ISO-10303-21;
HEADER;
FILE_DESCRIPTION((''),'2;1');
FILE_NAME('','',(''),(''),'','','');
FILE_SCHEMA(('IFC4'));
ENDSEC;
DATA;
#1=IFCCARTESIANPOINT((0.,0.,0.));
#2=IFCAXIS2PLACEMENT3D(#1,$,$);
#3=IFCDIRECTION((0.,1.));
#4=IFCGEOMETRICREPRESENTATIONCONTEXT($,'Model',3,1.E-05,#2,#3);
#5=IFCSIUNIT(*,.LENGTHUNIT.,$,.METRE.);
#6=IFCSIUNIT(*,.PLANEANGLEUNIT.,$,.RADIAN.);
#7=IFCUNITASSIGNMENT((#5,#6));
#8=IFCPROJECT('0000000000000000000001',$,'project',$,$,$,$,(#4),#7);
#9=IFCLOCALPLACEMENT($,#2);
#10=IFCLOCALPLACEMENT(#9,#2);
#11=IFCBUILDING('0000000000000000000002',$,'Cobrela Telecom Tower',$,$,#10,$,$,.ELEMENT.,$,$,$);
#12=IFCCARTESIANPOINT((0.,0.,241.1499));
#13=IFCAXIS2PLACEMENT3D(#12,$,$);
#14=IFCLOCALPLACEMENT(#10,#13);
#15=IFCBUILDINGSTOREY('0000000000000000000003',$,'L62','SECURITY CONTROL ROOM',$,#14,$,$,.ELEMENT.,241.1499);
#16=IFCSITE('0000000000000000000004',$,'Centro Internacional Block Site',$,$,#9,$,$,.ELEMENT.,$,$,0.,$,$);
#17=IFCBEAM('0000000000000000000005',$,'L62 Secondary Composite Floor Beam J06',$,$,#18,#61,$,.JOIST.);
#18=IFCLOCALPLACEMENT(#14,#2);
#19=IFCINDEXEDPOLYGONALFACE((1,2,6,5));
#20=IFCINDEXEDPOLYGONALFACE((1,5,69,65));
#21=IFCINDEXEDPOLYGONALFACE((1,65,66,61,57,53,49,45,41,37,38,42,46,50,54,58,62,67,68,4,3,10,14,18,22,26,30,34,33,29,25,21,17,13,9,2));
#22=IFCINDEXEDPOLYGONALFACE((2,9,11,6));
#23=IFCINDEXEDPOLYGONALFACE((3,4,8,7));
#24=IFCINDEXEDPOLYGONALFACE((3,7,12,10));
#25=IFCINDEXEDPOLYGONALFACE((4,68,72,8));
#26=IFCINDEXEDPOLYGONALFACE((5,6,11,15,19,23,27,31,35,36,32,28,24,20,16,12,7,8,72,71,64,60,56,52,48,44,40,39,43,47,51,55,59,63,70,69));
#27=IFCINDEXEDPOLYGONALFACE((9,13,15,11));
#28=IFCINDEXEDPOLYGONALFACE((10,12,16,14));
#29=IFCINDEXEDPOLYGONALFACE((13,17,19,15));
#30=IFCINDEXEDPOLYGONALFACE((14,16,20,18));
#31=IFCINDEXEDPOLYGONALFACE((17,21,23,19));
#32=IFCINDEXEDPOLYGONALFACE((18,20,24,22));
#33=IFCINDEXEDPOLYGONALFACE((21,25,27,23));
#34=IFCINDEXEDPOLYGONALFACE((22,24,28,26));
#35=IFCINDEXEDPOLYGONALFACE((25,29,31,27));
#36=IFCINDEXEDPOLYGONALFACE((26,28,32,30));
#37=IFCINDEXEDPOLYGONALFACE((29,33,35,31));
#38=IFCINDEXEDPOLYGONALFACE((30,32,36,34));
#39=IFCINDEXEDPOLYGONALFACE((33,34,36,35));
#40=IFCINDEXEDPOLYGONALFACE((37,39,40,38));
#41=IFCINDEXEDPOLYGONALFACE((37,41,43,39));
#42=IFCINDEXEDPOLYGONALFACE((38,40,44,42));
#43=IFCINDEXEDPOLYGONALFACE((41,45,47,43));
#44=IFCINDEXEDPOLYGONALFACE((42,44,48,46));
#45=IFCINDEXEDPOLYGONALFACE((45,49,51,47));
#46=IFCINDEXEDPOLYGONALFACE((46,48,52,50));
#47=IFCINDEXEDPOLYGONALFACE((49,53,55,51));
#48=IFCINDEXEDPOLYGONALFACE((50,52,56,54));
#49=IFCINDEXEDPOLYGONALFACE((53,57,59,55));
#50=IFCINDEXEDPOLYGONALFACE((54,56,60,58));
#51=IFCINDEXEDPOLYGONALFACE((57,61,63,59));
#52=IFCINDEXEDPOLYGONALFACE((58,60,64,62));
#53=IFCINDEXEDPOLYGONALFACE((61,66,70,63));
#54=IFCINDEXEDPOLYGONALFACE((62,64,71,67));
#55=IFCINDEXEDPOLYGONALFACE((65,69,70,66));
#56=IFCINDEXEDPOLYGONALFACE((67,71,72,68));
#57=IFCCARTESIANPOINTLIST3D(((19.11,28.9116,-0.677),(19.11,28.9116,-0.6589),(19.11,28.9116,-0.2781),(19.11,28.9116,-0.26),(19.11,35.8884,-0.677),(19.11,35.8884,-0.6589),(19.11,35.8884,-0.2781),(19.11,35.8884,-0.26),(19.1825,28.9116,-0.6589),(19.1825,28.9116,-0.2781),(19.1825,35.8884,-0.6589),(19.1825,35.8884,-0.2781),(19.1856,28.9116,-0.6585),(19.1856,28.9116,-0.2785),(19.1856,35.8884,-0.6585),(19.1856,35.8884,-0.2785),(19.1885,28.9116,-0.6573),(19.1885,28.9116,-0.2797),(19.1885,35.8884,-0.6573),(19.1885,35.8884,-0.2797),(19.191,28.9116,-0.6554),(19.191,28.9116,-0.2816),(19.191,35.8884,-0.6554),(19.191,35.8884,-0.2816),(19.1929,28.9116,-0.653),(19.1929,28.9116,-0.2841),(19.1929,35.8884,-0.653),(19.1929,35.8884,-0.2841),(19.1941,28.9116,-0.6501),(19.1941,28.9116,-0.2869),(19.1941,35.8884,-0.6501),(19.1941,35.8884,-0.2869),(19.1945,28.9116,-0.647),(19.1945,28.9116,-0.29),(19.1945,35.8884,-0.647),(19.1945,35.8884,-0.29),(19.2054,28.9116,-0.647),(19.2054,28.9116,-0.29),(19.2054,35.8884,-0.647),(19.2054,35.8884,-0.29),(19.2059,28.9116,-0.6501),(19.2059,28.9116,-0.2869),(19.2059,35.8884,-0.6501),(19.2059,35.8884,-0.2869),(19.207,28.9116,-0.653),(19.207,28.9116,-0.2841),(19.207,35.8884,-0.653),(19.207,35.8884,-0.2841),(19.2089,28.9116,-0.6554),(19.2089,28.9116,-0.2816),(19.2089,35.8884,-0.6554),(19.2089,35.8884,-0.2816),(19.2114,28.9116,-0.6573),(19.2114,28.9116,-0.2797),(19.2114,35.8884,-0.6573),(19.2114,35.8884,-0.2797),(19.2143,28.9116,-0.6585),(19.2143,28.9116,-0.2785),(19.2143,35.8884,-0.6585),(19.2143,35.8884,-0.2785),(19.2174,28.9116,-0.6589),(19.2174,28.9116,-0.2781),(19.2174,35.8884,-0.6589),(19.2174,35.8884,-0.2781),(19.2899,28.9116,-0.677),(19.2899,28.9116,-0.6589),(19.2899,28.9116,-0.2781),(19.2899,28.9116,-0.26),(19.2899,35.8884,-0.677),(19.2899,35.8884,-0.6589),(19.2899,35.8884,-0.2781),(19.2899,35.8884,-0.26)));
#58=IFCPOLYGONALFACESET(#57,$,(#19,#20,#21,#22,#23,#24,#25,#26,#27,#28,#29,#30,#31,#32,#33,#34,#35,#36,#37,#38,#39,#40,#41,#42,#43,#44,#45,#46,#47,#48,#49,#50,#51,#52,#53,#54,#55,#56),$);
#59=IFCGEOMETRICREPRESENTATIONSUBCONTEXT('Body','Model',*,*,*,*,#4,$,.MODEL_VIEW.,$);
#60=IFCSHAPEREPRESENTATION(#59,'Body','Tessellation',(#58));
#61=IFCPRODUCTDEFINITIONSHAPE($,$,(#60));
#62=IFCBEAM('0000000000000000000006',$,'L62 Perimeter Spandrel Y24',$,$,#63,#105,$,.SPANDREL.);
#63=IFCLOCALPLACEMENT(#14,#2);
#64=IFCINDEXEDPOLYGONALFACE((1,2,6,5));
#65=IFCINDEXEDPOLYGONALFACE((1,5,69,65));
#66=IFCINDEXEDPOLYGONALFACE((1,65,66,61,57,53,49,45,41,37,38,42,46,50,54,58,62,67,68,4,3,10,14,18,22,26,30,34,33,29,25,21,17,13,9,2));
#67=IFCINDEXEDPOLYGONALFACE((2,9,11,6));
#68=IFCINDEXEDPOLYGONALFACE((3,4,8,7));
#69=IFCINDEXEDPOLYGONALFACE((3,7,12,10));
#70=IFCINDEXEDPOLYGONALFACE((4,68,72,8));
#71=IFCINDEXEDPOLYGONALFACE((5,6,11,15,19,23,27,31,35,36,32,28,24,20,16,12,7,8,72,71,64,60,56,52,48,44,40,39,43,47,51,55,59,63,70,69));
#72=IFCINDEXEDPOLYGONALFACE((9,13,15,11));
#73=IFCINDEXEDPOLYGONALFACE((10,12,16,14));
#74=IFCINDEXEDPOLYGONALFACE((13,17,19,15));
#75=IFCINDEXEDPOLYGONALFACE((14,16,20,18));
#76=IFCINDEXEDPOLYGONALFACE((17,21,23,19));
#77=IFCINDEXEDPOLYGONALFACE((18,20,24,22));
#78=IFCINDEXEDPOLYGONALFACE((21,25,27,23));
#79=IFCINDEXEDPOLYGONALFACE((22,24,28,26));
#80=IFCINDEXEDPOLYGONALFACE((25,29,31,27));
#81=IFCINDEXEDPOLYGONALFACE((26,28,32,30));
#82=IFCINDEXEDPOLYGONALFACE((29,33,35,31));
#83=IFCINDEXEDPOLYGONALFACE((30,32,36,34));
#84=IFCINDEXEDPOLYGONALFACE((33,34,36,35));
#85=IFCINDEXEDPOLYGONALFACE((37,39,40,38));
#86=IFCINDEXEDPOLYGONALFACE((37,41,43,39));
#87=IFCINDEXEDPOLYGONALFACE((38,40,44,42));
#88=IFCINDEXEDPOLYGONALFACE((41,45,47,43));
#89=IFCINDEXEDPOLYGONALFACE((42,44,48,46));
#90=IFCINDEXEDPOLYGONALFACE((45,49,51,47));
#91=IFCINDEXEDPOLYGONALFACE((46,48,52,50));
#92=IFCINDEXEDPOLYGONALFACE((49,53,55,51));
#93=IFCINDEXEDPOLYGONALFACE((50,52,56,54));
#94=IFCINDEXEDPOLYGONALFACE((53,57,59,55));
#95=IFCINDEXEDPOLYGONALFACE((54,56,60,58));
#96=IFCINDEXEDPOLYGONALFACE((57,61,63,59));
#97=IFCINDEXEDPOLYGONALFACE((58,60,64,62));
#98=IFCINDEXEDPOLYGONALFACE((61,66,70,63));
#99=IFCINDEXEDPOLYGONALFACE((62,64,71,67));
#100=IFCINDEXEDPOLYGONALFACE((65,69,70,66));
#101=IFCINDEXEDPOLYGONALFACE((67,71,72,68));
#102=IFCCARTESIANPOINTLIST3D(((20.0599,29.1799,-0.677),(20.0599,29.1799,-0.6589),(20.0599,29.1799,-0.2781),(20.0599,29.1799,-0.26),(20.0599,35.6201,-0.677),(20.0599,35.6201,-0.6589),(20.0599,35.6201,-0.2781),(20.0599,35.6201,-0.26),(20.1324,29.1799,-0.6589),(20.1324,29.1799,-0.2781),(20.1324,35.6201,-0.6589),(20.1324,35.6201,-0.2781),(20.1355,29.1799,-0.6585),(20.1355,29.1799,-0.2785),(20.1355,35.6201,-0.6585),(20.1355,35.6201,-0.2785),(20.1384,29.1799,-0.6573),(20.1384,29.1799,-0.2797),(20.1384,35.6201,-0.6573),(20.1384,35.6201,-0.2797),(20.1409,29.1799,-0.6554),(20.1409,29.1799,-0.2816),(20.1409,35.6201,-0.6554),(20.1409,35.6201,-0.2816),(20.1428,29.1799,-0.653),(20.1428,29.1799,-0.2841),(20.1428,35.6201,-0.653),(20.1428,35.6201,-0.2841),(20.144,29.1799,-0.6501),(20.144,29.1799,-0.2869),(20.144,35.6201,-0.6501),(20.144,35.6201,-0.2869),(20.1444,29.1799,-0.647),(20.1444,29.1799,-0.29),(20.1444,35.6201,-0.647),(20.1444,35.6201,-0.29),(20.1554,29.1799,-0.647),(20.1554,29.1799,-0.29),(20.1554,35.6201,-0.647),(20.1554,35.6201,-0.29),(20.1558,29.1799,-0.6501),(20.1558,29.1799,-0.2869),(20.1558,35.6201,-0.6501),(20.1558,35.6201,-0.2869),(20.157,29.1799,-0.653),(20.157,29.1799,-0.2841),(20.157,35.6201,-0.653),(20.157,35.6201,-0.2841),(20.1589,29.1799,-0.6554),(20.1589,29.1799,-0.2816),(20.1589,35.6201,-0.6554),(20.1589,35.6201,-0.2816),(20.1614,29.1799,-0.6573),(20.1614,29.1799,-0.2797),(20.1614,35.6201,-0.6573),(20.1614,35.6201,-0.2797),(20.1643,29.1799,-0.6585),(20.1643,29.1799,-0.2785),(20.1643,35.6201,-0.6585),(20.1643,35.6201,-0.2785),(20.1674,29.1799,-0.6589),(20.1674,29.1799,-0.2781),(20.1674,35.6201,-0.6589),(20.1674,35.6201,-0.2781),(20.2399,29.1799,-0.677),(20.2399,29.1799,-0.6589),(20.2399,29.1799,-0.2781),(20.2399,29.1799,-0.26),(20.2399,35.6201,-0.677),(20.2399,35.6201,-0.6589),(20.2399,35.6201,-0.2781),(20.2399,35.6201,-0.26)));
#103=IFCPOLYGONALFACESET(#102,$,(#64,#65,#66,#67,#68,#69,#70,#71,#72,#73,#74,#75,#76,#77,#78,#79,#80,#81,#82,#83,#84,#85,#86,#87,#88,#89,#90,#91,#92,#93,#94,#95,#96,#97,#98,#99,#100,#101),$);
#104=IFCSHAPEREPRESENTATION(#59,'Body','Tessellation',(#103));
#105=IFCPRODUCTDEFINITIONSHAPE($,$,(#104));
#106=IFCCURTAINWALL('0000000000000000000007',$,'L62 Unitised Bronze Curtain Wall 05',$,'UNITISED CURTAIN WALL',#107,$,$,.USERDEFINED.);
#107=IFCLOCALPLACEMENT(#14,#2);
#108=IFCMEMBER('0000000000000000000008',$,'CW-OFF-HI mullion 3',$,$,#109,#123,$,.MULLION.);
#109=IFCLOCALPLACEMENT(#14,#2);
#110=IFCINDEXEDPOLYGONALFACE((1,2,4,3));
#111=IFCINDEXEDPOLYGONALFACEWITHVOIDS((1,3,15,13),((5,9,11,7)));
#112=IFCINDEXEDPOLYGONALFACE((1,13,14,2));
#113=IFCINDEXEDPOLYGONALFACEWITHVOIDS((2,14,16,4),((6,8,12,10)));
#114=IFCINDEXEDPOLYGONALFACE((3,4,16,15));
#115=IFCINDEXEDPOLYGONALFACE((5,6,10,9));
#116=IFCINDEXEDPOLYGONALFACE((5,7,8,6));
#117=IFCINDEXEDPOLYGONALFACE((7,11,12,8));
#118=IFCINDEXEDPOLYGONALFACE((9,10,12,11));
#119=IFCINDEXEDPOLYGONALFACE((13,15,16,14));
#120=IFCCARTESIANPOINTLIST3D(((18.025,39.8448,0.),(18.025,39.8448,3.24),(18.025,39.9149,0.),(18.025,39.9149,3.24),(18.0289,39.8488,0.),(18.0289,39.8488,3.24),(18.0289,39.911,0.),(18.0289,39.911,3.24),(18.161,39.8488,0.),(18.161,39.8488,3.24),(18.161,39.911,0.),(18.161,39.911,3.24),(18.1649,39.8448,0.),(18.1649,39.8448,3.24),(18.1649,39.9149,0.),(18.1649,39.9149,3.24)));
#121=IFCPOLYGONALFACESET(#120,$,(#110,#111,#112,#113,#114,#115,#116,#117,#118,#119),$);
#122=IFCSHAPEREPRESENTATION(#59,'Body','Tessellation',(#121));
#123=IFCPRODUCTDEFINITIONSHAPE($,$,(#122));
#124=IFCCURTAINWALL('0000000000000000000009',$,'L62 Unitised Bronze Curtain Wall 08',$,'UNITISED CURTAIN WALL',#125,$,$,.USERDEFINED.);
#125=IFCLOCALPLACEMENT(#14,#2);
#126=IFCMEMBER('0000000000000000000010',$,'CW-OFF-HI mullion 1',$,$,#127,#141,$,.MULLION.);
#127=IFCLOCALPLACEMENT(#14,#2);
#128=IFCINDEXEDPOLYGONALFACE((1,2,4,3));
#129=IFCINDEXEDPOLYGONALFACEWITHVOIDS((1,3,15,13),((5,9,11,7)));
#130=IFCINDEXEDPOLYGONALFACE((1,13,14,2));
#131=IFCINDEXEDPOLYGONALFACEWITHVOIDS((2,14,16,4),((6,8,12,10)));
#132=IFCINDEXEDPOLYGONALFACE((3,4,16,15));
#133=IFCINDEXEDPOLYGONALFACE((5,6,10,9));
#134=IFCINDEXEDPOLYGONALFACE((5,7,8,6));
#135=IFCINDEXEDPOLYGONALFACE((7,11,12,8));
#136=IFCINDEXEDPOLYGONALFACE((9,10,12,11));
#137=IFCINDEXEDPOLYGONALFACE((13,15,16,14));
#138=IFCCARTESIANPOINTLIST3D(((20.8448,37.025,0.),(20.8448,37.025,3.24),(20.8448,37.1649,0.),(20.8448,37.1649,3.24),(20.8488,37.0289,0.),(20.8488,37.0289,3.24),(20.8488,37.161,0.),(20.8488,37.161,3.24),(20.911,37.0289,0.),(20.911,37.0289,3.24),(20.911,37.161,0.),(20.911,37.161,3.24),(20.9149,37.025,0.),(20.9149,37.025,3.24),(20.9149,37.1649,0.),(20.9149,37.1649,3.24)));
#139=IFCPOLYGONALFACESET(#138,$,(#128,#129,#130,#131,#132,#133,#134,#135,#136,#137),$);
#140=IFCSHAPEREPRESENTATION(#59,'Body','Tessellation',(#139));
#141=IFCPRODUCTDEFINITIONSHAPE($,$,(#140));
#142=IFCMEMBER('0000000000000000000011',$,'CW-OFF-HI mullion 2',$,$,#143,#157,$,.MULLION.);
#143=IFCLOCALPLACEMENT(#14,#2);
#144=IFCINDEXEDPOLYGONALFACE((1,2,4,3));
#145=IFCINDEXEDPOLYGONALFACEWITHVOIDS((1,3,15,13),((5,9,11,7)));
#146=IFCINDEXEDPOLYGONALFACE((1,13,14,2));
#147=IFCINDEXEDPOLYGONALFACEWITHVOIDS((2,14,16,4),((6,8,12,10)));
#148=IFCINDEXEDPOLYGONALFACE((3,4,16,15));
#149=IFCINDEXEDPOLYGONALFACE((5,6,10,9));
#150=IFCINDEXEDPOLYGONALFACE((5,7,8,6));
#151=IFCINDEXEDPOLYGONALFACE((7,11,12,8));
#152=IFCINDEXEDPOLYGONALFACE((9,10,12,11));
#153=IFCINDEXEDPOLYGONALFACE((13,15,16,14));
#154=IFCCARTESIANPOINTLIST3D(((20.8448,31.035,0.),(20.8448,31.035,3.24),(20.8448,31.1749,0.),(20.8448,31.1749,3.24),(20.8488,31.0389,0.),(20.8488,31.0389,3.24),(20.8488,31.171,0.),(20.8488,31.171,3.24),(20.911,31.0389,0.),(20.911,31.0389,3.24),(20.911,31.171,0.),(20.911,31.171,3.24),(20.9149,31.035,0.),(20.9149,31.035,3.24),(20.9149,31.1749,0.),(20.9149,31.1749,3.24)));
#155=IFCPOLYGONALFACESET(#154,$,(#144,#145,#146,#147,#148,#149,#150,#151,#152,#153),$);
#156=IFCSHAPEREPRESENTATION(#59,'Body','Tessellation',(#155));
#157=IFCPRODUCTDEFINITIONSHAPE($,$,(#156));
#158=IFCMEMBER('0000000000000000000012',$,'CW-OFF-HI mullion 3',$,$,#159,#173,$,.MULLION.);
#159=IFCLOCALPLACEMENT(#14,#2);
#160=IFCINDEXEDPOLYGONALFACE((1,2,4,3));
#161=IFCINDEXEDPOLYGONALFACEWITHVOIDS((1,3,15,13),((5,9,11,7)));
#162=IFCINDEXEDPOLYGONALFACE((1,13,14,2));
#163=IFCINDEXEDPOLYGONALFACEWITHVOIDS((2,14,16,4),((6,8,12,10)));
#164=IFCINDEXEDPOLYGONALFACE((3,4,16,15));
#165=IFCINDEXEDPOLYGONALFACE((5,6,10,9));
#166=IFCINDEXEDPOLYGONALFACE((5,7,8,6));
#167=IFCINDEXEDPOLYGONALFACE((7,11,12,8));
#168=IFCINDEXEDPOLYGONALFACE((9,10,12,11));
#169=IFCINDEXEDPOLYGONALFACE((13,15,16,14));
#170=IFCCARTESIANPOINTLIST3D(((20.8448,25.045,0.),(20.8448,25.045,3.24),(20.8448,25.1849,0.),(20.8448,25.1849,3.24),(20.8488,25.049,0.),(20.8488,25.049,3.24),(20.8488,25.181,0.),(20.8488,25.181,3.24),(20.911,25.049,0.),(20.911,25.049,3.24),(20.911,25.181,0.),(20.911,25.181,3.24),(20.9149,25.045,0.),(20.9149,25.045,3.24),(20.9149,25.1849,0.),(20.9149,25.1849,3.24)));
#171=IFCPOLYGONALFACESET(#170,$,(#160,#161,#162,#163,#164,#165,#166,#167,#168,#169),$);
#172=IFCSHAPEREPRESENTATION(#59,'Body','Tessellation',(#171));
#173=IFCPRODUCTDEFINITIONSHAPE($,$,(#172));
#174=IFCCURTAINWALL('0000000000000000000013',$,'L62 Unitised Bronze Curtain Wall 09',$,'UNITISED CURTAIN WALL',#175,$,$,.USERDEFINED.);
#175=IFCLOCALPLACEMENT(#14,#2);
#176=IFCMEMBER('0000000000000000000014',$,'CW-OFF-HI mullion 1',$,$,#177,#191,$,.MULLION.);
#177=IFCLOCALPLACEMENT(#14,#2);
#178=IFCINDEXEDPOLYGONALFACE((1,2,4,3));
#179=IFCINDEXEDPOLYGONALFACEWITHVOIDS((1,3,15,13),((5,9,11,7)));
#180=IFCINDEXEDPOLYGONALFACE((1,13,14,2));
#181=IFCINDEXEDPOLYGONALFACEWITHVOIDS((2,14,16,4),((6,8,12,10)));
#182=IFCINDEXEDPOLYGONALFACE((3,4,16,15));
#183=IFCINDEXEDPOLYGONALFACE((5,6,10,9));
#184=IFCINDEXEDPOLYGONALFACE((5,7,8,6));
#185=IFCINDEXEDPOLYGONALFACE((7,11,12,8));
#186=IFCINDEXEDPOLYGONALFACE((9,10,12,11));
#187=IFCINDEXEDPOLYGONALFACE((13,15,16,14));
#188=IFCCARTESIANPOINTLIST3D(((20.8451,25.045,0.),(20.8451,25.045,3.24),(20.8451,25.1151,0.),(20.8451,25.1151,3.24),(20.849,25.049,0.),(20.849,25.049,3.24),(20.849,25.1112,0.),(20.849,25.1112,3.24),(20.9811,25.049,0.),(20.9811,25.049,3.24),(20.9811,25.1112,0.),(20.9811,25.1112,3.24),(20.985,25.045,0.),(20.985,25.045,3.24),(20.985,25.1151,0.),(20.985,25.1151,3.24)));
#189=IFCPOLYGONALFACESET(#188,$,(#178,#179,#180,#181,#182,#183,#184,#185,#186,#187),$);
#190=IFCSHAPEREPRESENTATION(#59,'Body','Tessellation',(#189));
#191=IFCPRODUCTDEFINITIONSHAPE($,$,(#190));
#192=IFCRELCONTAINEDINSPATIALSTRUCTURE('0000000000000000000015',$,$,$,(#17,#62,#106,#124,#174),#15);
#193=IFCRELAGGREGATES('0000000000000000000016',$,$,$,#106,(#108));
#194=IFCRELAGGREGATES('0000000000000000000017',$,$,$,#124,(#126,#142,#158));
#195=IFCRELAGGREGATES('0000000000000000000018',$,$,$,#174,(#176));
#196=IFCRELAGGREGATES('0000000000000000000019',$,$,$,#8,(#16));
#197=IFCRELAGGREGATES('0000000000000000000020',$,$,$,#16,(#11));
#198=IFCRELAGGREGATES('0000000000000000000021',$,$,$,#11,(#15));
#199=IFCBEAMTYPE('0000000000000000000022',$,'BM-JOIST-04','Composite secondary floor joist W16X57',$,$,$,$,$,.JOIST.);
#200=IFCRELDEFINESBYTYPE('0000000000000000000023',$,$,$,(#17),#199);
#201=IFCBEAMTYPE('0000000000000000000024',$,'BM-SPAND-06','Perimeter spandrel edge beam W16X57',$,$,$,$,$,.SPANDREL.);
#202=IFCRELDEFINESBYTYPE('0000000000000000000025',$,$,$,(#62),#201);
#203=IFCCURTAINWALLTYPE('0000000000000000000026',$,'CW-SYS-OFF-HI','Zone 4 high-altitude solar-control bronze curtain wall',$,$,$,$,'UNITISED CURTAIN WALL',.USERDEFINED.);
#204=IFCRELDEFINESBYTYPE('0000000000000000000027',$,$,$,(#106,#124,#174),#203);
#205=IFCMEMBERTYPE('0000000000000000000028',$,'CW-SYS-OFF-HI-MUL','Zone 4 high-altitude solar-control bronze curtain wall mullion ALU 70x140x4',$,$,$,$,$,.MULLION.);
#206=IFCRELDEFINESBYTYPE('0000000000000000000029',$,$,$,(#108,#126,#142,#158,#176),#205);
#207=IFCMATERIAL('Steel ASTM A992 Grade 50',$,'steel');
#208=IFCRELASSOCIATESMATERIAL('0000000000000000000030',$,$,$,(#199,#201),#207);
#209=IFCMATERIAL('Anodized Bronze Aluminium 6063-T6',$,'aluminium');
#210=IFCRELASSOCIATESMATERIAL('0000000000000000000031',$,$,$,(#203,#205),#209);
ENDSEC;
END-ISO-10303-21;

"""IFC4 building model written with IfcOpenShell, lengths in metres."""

from ifc_helpers import new_model, si_unit, direction, frame, origin, origin_2d, place, context, subcontext, project, spatial, hollow_rectangle, i_section, extrude, material, material_profile, profile_set, type_object, element, aggregate, save


model = new_model("IFC4")

# Units and contexts
model_context = context("Model", 3, precision=1e-05, world=origin(), true_north=direction((0.0, 1.0)))
body_context = subcontext(model_context, "Body", "Model", "MODEL_VIEW")
ifc_project = project(units=[si_unit("LENGTHUNIT", "METRE"), si_unit("PLANEANGLEUNIT", "RADIAN")], contexts=[model_context])

# Site, building, storey
site_placement = place(None, origin())
site = spatial("IfcSite", under=ifc_project, at=site_placement, Name="Centro Internacional Block Site", CompositionType="ELEMENT", RefElevation=0.0)
building_placement = place(site_placement, origin())
building = spatial("IfcBuilding", under=site, at=building_placement, Name="Cobrela Telecom Tower", CompositionType="ELEMENT")
storey_placement = place(building_placement, frame((0.0, 0.0, 241.1499)))
storey = spatial("IfcBuildingStorey", under=building, at=storey_placement, Name="L62", Description="SECURITY CONTROL ROOM", CompositionType="ELEMENT", Elevation=241.1499)

# Shared definitions
ifc_material_1 = material(Name="Steel ASTM A992 Grade 50", Category="steel")

# Beams
ifc_material_profile_1 = material_profile(ifc_material_1, i_section(OverallWidth=0.1799, OverallDepth=0.417, WebThickness=0.011, FlangeThickness=0.0181, FilletRadius=0.012, at=origin_2d()), Name="W16X57")
ifc_profile_set_1 = profile_set([ifc_material_profile_1], Name="Steel ASTM A992 Grade 50")
beam_type_1 = type_object("IfcBeamType", Name="BM-JOIST-04", Description="Composite secondary floor joist W16X57", PredefinedType="JOIST", material=ifc_profile_set_1)
beam_1_placement = place(storey_placement, frame((19.2, 28.9116, -0.4685), z_axis=(0.0, 1.0, 0.0), x_axis=(-1.0, 0.0, 0.0)))
element("IfcBeam", 1, at=beam_1_placement, inside=storey, type_object=beam_type_1, Name="L62 Secondary Composite Floor Beam J06", PredefinedType="JOIST", context=body_context, shape_type="SweptSolid", body=[
    extrude(i_section(OverallWidth=0.1799, OverallDepth=0.417, WebThickness=0.011, FlangeThickness=0.0181, FilletRadius=0.012, at=origin_2d()), origin(), (0.0, 0.0, 1.0), 6.9768),
])
ifc_material_profile_2 = material_profile(ifc_material_1, i_section(OverallWidth=0.1799, OverallDepth=0.417, WebThickness=0.011, FlangeThickness=0.0181, FilletRadius=0.012, at=origin_2d()), Name="W16X57")
ifc_profile_set_2 = profile_set([ifc_material_profile_2], Name="Steel ASTM A992 Grade 50")
beam_type_2 = type_object("IfcBeamType", Name="BM-SPAND-06", Description="Perimeter spandrel edge beam W16X57", PredefinedType="SPANDREL", material=ifc_profile_set_2)
beam_2_placement = place(storey_placement, frame((20.1499, 29.1799, -0.4685), z_axis=(0.0, 1.0, 0.0), x_axis=(-1.0, 0.0, 0.0)))
element("IfcBeam", 2, at=beam_2_placement, inside=storey, type_object=beam_type_2, Name="L62 Perimeter Spandrel Y24", PredefinedType="SPANDREL", context=body_context, shape_type="SweptSolid", body=[
    extrude(i_section(OverallWidth=0.1799, OverallDepth=0.417, WebThickness=0.011, FlangeThickness=0.0181, FilletRadius=0.012, at=origin_2d()), origin(), (0.0, 0.0, 1.0), 6.4402),
])

# Curtain wall, member
ifc_material_2 = material(Name="Anodized Bronze Aluminium 6063-T6", Category="aluminium")
curtain_wall_type = type_object("IfcCurtainWallType", Name="CW-SYS-OFF-HI", Description="Zone 4 high-altitude solar-control bronze curtain wall", ElementType="UNITISED CURTAIN WALL", PredefinedType="USERDEFINED", material=ifc_material_2)
curtain_wall_1_placement = place(storey_placement, origin())
curtain_wall_1 = element("IfcCurtainWall", 3, at=curtain_wall_1_placement, inside=storey, type_object=curtain_wall_type, Name="L62 Unitised Bronze Curtain Wall 05", ObjectType="UNITISED CURTAIN WALL", PredefinedType="USERDEFINED")
ifc_material_profile_3 = material_profile(ifc_material_2, hollow_rectangle(XDim=0.0701, YDim=0.1399, WallThickness=0.0039, at=origin_2d()), Name="ALU 70x140x4")
ifc_profile_set_3 = profile_set([ifc_material_profile_3], Name="Anodized Bronze Aluminium 6063-T6")
member_type_1 = type_object("IfcMemberType", Name="CW-SYS-OFF-HI-MUL", Description="Zone 4 high-altitude solar-control bronze curtain wall mullion ALU 70x140x4", PredefinedType="MULLION", material=ifc_profile_set_3)
member_1_placement = place(storey_placement, frame((18.095, 39.8799, 0.0), z_axis=(0.0, 0.0, 1.0), x_axis=(0.0, 1.0, 0.0)))
member_1 = element("IfcMember", 4, at=member_1_placement, type_object=member_type_1, Name="CW-OFF-HI mullion 3", PredefinedType="MULLION", context=body_context, shape_type="SweptSolid", body=[
    extrude(hollow_rectangle(XDim=0.0701, YDim=0.1399, WallThickness=0.0039, at=origin_2d()), origin(), (0.0, 0.0, 1.0), 3.24),
])
aggregate(curtain_wall_1, [member_1])

# Curtain walls, members
curtain_wall_2_placement = place(storey_placement, origin())
curtain_wall_2 = element("IfcCurtainWall", 5, at=curtain_wall_2_placement, inside=storey, type_object=curtain_wall_type, Name="L62 Unitised Bronze Curtain Wall 08", ObjectType="UNITISED CURTAIN WALL", PredefinedType="USERDEFINED")
member_2_placement = place(storey_placement, frame((20.8799, 37.095, 0.0), z_axis=(0.0, 0.0, 1.0), x_axis=(1.0, 0.0, 0.0)))
member_2 = element("IfcMember", 6, at=member_2_placement, type_object=member_type_1, Name="CW-OFF-HI mullion 1", PredefinedType="MULLION", context=body_context, shape_type="SweptSolid", body=[
    extrude(hollow_rectangle(XDim=0.0701, YDim=0.1399, WallThickness=0.0039, at=origin_2d()), origin(), (0.0, 0.0, 1.0), 3.24),
])
member_3_placement = place(storey_placement, frame((20.8799, 31.105, 0.0), z_axis=(0.0, 0.0, 1.0), x_axis=(1.0, 0.0, 0.0)))
member_3 = element("IfcMember", 7, at=member_3_placement, type_object=member_type_1, Name="CW-OFF-HI mullion 2", PredefinedType="MULLION", context=body_context, shape_type="SweptSolid", body=[
    extrude(hollow_rectangle(XDim=0.0701, YDim=0.1399, WallThickness=0.0039, at=origin_2d()), origin(), (0.0, 0.0, 1.0), 3.24),
])
member_4_placement = place(storey_placement, frame((20.8799, 25.115, 0.0), z_axis=(0.0, 0.0, 1.0), x_axis=(1.0, 0.0, 0.0)))
member_4 = element("IfcMember", 8, at=member_4_placement, type_object=member_type_1, Name="CW-OFF-HI mullion 3", PredefinedType="MULLION", context=body_context, shape_type="SweptSolid", body=[
    extrude(hollow_rectangle(XDim=0.0701, YDim=0.1399, WallThickness=0.0039, at=origin_2d()), origin(), (0.0, 0.0, 1.0), 3.24),
])
curtain_wall_3_placement = place(storey_placement, origin())
curtain_wall_3 = element("IfcCurtainWall", 9, at=curtain_wall_3_placement, inside=storey, type_object=curtain_wall_type, Name="L62 Unitised Bronze Curtain Wall 09", ObjectType="UNITISED CURTAIN WALL", PredefinedType="USERDEFINED")
member_5_placement = place(storey_placement, frame((20.915, 25.0801, 0.0), z_axis=(0.0, 0.0, 1.0), x_axis=(0.0, 1.0, 0.0)))
member_5 = element("IfcMember", 10, at=member_5_placement, type_object=member_type_1, Name="CW-OFF-HI mullion 1", PredefinedType="MULLION", context=body_context, shape_type="SweptSolid", body=[
    extrude(hollow_rectangle(XDim=0.0701, YDim=0.1399, WallThickness=0.0039, at=origin_2d()), origin(), (0.0, 0.0, 1.0), 3.24),
])

aggregate(curtain_wall_2, [member_2, member_3, member_4])
aggregate(curtain_wall_3, [member_5])

save(model, "model.ifc")
